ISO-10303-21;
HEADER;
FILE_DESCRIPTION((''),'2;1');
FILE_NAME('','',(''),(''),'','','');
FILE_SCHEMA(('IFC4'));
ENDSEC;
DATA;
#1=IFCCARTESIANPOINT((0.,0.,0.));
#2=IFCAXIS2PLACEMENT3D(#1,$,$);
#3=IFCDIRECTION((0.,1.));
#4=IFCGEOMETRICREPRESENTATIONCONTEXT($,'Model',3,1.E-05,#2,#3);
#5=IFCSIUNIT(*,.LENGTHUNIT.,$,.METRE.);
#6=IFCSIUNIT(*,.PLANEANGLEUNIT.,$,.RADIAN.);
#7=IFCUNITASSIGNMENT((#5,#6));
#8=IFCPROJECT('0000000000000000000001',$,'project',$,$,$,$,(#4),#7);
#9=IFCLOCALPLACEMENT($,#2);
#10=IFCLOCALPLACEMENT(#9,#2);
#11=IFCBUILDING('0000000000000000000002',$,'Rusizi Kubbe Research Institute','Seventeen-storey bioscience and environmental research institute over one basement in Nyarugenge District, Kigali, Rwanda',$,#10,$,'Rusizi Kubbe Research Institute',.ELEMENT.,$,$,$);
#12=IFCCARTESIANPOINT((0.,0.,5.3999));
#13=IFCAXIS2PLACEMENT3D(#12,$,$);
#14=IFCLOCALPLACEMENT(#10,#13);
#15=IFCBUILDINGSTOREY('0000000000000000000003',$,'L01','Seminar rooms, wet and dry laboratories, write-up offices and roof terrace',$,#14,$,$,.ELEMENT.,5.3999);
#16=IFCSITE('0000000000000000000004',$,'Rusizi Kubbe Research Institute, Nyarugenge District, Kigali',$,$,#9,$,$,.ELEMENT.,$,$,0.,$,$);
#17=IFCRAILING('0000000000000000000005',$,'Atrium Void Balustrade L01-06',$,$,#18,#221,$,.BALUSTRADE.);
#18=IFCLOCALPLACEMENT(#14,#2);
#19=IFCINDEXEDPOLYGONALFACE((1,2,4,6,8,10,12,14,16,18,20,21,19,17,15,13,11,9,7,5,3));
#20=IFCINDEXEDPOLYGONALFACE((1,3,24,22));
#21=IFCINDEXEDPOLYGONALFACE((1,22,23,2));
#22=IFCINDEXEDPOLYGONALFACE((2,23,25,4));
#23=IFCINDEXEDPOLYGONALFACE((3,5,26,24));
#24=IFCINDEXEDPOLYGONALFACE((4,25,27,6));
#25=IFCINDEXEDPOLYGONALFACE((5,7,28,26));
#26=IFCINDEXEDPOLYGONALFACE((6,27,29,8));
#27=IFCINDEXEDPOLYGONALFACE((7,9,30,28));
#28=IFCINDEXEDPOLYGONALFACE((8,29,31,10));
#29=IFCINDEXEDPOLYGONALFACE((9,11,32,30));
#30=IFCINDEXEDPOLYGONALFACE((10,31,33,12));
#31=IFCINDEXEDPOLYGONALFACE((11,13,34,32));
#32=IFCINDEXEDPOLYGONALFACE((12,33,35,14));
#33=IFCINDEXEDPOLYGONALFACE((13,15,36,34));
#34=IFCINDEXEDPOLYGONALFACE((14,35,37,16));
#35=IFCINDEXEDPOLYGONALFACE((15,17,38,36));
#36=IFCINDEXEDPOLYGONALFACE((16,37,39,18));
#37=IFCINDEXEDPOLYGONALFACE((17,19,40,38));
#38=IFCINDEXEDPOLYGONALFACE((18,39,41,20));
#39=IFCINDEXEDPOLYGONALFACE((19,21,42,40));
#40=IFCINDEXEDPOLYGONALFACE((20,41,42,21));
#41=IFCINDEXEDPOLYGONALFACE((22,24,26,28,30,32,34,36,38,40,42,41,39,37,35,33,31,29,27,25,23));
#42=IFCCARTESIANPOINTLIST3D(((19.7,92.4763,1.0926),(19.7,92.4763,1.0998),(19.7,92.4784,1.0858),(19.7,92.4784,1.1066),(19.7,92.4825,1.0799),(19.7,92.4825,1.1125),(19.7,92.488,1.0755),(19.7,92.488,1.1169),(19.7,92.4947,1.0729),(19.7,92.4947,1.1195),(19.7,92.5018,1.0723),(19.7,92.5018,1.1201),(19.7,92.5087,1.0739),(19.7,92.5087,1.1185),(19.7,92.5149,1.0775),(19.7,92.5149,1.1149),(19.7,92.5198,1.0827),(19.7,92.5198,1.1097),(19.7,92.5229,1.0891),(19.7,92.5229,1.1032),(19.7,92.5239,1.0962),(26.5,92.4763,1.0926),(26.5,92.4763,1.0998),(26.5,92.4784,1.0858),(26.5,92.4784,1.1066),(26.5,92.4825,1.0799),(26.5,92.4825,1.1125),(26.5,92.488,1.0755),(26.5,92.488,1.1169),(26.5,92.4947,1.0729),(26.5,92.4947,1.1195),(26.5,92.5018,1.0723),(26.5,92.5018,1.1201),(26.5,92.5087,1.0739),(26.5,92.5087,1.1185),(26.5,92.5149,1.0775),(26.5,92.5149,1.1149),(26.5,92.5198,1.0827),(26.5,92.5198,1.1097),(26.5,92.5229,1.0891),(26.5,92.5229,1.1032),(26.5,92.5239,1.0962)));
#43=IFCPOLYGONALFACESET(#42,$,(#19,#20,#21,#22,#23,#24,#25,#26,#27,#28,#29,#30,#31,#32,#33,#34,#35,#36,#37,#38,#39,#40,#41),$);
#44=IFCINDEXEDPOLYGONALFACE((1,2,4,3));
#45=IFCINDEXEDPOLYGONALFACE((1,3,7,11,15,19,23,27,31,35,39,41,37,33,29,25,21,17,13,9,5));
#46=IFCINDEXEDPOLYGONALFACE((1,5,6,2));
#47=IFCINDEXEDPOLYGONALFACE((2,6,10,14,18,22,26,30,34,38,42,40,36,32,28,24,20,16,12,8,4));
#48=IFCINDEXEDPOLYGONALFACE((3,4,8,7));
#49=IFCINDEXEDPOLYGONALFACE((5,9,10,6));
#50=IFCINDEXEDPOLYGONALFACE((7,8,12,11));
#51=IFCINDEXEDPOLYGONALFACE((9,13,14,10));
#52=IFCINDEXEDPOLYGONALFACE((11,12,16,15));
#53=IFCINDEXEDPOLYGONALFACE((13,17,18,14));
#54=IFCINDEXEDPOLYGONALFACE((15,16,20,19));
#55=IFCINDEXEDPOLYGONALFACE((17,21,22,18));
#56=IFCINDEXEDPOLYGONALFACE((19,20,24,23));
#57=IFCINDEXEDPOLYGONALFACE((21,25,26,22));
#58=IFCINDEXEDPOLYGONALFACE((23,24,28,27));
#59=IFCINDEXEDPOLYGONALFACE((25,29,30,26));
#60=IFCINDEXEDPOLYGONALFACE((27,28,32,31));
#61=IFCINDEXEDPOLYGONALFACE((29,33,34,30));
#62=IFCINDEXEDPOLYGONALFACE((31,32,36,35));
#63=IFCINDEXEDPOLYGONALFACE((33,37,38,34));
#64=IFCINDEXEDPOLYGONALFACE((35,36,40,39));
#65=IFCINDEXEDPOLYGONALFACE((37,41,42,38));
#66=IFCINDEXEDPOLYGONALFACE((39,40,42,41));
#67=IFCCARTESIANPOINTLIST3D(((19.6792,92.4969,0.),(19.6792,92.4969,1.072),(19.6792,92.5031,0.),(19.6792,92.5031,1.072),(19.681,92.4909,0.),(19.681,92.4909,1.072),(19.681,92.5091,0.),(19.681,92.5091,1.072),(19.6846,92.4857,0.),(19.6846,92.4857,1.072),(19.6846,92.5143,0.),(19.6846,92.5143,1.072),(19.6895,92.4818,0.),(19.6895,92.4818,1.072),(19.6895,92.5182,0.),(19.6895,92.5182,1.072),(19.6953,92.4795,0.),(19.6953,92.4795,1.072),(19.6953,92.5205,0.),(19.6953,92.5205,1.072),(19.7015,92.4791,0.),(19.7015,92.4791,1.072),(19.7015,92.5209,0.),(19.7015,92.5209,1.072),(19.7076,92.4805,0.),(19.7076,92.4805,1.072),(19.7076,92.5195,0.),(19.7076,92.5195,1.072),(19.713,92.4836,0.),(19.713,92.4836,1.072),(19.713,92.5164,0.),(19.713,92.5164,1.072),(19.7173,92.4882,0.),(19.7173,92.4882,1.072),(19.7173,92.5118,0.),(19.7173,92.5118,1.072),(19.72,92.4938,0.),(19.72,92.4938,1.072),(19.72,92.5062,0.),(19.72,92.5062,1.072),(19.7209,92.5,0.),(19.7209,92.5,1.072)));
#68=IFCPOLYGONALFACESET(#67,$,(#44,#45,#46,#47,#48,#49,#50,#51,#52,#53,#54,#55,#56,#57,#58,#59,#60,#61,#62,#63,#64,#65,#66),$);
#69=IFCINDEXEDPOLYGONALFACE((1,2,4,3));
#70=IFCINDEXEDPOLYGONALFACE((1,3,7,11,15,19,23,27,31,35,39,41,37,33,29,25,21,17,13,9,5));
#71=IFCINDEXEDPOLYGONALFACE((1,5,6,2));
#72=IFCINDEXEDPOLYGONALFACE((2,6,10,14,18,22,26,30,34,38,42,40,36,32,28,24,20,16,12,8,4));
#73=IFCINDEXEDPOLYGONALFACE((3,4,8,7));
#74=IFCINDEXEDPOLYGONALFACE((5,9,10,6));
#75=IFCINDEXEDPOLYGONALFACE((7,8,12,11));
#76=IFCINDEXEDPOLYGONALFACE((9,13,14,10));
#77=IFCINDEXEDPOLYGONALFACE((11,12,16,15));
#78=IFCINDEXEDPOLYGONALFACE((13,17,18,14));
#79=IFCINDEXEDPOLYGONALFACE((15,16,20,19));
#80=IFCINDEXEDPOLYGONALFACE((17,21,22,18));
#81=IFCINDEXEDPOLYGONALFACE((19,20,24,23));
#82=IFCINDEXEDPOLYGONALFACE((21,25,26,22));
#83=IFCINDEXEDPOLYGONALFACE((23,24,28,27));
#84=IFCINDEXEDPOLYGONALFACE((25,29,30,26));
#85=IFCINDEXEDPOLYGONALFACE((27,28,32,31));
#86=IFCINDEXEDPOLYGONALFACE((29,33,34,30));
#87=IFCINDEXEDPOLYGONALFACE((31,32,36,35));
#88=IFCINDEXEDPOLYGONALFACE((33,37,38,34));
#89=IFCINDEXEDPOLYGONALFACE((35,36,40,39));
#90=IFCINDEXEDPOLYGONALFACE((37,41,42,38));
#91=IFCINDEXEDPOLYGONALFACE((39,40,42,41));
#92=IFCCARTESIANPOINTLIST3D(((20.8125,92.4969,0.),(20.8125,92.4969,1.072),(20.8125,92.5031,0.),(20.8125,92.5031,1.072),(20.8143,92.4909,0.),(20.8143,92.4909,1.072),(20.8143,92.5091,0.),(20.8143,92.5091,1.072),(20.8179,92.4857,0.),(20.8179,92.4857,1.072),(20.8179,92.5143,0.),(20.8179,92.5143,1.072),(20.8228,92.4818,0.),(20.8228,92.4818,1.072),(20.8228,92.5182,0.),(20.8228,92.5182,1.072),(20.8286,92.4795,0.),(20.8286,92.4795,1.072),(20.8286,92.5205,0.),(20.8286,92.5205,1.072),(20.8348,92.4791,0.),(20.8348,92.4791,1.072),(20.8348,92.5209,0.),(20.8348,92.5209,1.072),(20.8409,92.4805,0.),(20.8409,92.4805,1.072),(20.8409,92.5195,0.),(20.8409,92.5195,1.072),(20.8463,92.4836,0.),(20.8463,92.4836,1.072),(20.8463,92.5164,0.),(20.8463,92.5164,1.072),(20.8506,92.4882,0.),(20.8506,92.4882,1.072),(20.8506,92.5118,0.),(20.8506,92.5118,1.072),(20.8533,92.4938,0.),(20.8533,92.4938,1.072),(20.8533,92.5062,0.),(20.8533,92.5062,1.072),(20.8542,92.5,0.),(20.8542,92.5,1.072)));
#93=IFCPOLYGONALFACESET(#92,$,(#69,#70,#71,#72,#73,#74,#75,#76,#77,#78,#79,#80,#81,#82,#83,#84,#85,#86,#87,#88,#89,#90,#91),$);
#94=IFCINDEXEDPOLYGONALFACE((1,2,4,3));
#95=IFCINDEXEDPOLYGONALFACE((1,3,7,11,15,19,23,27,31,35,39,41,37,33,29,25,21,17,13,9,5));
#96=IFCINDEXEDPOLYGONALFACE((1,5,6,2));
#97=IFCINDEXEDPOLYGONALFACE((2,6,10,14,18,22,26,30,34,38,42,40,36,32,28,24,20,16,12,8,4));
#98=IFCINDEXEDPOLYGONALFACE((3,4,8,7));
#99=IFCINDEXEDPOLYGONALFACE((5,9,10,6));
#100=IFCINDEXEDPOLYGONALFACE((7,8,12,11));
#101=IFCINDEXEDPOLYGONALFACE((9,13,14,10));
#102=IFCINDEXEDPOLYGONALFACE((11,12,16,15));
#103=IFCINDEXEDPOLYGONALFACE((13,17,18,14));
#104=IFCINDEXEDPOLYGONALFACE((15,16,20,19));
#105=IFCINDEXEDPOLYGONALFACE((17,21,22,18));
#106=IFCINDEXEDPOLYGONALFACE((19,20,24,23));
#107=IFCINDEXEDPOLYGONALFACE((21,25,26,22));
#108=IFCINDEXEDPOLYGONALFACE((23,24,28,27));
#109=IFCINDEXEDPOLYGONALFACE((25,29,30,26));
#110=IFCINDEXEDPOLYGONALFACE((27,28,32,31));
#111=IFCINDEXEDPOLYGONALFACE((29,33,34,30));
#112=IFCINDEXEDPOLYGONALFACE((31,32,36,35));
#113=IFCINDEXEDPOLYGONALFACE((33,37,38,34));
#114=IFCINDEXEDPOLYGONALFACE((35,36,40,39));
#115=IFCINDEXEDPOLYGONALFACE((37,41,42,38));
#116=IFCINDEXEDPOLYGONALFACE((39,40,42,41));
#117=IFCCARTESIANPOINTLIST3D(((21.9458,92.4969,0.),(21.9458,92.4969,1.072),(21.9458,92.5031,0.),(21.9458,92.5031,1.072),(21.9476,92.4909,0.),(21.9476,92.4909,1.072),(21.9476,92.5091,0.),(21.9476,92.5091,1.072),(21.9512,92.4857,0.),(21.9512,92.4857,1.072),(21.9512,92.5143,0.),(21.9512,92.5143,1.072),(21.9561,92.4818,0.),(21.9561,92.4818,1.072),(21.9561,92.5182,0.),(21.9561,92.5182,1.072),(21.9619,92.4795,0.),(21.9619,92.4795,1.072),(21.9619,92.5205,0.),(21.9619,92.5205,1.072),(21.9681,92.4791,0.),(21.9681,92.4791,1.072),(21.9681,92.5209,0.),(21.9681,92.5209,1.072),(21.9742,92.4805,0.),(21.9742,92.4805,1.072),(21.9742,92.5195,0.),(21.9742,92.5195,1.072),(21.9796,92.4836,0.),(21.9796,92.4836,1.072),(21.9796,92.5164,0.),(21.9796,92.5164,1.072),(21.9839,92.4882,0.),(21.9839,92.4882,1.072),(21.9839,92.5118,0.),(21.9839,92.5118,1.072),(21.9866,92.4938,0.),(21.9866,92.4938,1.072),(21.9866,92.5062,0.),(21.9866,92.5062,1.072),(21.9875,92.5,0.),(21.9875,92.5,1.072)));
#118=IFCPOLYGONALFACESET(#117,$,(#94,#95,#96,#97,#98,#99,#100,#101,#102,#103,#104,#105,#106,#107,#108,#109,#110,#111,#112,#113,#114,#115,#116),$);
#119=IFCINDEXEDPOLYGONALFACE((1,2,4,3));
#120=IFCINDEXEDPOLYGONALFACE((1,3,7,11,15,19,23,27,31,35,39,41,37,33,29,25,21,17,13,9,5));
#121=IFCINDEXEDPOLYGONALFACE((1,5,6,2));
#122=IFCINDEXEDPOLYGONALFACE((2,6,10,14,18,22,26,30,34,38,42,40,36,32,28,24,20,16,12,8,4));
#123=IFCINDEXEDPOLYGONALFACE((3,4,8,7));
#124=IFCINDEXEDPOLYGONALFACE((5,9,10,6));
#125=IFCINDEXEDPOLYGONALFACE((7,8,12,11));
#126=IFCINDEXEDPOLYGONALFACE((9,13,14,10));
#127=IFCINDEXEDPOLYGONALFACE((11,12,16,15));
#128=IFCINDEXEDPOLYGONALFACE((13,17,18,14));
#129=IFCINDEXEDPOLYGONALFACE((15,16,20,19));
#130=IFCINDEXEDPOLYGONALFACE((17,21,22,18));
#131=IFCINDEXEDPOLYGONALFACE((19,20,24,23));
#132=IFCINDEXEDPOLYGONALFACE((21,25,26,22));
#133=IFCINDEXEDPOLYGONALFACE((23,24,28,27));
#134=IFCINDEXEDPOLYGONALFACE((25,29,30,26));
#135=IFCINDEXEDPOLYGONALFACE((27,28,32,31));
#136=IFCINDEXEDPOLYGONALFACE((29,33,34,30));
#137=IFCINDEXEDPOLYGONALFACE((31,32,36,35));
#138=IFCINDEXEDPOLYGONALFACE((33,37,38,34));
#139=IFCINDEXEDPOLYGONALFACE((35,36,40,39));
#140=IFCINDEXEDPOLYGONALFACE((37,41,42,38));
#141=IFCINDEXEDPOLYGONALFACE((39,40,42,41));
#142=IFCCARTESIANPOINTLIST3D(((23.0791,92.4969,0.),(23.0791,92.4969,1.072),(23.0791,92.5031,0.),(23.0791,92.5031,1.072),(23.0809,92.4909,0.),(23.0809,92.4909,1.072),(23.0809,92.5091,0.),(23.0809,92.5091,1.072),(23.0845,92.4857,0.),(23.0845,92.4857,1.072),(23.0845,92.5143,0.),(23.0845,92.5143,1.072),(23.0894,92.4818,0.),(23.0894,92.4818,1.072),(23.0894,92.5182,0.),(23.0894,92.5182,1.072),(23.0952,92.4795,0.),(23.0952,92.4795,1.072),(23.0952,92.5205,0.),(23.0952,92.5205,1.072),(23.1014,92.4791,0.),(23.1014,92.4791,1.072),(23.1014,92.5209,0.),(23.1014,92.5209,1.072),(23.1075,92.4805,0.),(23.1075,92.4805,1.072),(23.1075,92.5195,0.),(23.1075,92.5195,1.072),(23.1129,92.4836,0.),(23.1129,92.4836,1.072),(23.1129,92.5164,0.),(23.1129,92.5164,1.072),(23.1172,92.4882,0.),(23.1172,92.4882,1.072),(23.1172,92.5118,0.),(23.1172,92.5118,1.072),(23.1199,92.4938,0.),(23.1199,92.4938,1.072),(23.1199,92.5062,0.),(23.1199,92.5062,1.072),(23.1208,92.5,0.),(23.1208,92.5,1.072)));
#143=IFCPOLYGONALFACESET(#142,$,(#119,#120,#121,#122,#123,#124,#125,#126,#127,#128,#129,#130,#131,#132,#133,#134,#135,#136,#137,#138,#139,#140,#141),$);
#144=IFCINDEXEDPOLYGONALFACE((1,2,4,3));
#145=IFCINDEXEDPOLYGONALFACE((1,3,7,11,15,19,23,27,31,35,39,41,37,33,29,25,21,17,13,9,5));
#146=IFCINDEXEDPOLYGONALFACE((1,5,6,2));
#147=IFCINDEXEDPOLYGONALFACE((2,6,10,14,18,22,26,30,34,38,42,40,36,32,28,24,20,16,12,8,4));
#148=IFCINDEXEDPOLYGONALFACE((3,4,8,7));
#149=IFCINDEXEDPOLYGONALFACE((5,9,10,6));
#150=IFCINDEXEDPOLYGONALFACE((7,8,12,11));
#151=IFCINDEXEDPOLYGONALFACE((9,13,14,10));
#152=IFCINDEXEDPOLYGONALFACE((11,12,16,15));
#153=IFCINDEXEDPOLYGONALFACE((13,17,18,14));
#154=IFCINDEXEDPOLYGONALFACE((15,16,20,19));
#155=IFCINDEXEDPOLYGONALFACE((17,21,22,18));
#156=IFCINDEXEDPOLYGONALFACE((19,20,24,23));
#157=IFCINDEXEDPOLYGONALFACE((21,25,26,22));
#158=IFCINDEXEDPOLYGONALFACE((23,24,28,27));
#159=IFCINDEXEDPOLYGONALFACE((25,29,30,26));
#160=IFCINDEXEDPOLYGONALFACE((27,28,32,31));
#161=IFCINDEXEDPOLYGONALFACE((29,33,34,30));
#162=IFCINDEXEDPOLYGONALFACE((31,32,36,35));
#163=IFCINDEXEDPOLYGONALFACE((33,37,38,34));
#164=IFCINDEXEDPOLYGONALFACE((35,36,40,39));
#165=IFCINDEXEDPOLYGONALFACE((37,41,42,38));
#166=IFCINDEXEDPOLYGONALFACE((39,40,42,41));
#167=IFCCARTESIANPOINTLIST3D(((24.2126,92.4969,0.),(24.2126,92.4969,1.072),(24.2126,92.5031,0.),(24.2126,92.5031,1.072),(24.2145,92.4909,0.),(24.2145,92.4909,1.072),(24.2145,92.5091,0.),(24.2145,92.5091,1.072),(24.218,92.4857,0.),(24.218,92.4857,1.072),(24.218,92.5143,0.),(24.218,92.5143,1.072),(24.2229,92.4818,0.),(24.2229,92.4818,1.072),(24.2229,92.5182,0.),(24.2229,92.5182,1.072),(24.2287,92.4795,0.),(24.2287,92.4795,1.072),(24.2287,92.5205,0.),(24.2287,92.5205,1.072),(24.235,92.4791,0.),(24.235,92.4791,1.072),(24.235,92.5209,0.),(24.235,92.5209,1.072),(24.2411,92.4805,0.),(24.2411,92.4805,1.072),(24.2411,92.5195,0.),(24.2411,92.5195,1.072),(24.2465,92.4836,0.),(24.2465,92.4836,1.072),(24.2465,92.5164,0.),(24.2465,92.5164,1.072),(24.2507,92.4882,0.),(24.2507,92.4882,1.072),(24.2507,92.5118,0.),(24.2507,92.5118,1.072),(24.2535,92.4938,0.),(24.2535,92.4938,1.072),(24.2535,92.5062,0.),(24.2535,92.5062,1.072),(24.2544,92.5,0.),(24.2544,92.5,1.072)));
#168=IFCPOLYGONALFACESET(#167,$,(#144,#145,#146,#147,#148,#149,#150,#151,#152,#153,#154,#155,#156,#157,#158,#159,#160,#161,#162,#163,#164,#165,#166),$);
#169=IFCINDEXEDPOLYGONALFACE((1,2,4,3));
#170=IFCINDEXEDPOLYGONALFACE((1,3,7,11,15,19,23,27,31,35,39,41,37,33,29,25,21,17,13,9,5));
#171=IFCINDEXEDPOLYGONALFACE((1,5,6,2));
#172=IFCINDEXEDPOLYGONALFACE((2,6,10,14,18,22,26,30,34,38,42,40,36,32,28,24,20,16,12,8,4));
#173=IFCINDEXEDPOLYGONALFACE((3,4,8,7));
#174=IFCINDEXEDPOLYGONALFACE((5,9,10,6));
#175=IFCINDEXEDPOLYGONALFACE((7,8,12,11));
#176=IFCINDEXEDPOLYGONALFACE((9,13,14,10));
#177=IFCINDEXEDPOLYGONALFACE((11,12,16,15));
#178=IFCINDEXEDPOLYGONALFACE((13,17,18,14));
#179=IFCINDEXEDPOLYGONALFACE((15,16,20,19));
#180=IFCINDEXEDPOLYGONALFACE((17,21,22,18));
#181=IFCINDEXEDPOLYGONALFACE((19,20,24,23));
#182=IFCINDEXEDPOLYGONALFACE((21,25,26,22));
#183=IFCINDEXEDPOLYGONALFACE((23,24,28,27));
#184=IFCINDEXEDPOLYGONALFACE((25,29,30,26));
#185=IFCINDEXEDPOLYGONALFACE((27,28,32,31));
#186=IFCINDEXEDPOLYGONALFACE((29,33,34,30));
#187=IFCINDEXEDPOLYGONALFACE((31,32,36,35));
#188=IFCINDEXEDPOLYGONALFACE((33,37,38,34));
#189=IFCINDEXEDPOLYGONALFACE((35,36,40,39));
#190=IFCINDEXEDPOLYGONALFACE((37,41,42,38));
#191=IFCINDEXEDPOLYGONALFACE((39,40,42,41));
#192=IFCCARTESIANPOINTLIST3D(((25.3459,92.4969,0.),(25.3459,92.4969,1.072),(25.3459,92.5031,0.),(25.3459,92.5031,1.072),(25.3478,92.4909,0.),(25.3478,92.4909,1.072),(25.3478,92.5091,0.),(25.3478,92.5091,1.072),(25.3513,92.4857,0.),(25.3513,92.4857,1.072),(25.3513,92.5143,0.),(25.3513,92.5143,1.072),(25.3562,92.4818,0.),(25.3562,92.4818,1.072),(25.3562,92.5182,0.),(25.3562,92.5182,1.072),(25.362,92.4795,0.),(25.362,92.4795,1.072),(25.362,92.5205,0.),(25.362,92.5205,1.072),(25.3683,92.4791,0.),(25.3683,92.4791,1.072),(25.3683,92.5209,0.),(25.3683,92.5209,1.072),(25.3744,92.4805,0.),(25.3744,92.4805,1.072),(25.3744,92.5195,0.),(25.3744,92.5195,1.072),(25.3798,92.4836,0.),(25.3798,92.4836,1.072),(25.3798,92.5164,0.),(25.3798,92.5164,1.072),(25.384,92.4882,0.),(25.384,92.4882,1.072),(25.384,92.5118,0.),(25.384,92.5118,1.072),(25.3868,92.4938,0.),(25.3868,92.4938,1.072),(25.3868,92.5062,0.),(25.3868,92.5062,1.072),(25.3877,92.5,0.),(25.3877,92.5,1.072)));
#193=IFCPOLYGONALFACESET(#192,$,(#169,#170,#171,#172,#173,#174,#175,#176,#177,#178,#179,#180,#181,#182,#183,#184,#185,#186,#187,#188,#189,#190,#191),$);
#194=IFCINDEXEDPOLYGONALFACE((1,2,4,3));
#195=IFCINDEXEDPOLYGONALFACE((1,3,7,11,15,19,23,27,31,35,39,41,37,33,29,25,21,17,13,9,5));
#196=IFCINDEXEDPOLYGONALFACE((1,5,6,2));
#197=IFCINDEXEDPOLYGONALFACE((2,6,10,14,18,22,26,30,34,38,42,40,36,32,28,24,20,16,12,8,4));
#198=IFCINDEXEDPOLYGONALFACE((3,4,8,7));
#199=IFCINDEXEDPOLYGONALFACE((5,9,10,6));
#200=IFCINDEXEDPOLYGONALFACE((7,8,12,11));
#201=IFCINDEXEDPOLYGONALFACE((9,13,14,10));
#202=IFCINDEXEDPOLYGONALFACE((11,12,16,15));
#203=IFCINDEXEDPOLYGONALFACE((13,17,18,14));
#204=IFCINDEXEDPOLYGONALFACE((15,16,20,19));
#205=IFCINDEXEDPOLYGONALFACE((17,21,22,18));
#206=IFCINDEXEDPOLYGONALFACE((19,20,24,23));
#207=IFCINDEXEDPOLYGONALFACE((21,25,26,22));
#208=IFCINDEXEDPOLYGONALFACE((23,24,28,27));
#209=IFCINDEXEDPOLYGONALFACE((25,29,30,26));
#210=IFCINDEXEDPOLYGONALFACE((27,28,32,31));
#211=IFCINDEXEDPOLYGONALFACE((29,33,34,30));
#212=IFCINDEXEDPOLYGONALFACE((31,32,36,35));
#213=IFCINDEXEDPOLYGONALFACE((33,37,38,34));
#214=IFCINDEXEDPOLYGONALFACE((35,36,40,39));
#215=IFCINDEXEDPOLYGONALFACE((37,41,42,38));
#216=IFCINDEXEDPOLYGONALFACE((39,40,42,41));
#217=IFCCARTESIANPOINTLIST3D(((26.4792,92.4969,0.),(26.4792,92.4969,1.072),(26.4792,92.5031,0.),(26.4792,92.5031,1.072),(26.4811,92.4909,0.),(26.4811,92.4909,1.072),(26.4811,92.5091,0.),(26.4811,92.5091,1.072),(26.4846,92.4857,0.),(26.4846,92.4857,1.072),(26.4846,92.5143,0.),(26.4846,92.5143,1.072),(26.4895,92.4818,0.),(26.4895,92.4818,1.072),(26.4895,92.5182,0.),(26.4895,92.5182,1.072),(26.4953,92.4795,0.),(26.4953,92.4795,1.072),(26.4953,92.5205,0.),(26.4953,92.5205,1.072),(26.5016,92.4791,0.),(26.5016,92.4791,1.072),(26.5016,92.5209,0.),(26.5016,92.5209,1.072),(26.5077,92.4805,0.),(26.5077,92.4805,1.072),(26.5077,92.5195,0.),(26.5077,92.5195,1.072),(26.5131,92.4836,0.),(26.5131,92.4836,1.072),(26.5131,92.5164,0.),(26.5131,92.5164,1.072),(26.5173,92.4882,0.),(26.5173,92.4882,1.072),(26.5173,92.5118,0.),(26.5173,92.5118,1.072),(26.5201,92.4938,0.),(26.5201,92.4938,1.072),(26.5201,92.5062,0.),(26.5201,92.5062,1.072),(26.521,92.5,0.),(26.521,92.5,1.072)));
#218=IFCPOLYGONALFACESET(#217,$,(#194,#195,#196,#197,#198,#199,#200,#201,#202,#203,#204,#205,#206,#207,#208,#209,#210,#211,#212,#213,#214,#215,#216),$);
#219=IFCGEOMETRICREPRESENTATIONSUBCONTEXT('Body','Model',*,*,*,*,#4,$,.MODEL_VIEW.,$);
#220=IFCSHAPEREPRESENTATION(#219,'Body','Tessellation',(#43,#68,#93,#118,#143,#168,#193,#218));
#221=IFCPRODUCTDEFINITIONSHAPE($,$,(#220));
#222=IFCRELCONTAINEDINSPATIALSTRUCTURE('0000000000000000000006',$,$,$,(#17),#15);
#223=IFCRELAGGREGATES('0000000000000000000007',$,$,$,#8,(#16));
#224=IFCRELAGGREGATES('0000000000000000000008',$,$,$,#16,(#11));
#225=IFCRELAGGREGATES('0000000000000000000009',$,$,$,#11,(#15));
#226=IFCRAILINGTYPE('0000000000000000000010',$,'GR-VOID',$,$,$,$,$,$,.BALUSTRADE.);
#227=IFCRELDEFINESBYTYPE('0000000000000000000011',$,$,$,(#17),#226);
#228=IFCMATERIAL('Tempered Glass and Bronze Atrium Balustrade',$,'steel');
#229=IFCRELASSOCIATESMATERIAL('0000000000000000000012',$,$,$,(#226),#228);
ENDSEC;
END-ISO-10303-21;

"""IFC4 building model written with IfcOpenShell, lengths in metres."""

from ifc_helpers import new_model, si_unit, direction, frame, origin, origin_2d, place, context, subcontext, project, spatial, circle, extrude, material, type_object, element, save


model = new_model("IFC4")

# Units and contexts
model_context = context("Model", 3, precision=1e-05, world=origin(), true_north=direction((0.0, 1.0)))
body_context = subcontext(model_context, "Body", "Model", "MODEL_VIEW")
ifc_project = project(units=[si_unit("LENGTHUNIT", "METRE"), si_unit("PLANEANGLEUNIT", "RADIAN")], contexts=[model_context])

# Site, building, storey
site_placement = place(None, origin())
site = spatial("IfcSite", under=ifc_project, at=site_placement, Name="Rusizi Kubbe Research Institute, Nyarugenge District, Kigali", CompositionType="ELEMENT", RefElevation=0.0)
building_placement = place(site_placement, origin())
building = spatial("IfcBuilding", under=site, at=building_placement, Name="Rusizi Kubbe Research Institute", Description="Seventeen-storey bioscience and environmental research institute over one basement in Nyarugenge District, Kigali, Rwanda", LongName="Rusizi Kubbe Research Institute", CompositionType="ELEMENT")
storey_placement = place(building_placement, frame((0.0, 0.0, 5.3999)))
storey = spatial("IfcBuildingStorey", under=building, at=storey_placement, Name="L01", Description="Seminar rooms, wet and dry laboratories, write-up offices and roof terrace", CompositionType="ELEMENT", Elevation=5.3999)

# Railing
ifc_material_1 = material(Name="Tempered Glass and Bronze Atrium Balustrade", Category="steel")
railing_type = type_object("IfcRailingType", Name="GR-VOID", PredefinedType="BALUSTRADE", material=ifc_material_1)
railing_placement = place(storey_placement, frame((19.7, 92.5, 0.0)))
element("IfcRailing", 1, at=railing_placement, inside=storey, type_object=railing_type, Name="Atrium Void Balustrade L01-06", PredefinedType="BALUSTRADE", context=body_context, shape_type="SweptSolid", body=[
    extrude(circle(Radius=0.0239, at=origin_2d()), frame((0.0, 0.0, 1.0962), z_axis=(1.0, 0.0, 0.0), x_axis=(0.0, 1.0, 0.0)), (0.0, 0.0, 1.0), 6.8),
    extrude(circle(Radius=0.021, at=origin_2d()), origin(), (0.0, 0.0, 1.0), 1.072),
    extrude(circle(Radius=0.021, at=origin_2d()), frame((1.1333, 0.0, 0.0)), (0.0, 0.0, 1.0), 1.072),
    extrude(circle(Radius=0.021, at=origin_2d()), frame((2.2666, 0.0, 0.0)), (0.0, 0.0, 1.0), 1.072),
    extrude(circle(Radius=0.021, at=origin_2d()), frame((3.3999, 0.0, 0.0)), (0.0, 0.0, 1.0), 1.072),
    extrude(circle(Radius=0.021, at=origin_2d()), frame((4.5334, 0.0, 0.0)), (0.0, 0.0, 1.0), 1.072),
    extrude(circle(Radius=0.021, at=origin_2d()), frame((5.6667, 0.0, 0.0)), (0.0, 0.0, 1.0), 1.072),
    extrude(circle(Radius=0.021, at=origin_2d()), frame((6.8, 0.0, 0.0)), (0.0, 0.0, 1.0), 1.072),
])

save(model, "model.ifc")
